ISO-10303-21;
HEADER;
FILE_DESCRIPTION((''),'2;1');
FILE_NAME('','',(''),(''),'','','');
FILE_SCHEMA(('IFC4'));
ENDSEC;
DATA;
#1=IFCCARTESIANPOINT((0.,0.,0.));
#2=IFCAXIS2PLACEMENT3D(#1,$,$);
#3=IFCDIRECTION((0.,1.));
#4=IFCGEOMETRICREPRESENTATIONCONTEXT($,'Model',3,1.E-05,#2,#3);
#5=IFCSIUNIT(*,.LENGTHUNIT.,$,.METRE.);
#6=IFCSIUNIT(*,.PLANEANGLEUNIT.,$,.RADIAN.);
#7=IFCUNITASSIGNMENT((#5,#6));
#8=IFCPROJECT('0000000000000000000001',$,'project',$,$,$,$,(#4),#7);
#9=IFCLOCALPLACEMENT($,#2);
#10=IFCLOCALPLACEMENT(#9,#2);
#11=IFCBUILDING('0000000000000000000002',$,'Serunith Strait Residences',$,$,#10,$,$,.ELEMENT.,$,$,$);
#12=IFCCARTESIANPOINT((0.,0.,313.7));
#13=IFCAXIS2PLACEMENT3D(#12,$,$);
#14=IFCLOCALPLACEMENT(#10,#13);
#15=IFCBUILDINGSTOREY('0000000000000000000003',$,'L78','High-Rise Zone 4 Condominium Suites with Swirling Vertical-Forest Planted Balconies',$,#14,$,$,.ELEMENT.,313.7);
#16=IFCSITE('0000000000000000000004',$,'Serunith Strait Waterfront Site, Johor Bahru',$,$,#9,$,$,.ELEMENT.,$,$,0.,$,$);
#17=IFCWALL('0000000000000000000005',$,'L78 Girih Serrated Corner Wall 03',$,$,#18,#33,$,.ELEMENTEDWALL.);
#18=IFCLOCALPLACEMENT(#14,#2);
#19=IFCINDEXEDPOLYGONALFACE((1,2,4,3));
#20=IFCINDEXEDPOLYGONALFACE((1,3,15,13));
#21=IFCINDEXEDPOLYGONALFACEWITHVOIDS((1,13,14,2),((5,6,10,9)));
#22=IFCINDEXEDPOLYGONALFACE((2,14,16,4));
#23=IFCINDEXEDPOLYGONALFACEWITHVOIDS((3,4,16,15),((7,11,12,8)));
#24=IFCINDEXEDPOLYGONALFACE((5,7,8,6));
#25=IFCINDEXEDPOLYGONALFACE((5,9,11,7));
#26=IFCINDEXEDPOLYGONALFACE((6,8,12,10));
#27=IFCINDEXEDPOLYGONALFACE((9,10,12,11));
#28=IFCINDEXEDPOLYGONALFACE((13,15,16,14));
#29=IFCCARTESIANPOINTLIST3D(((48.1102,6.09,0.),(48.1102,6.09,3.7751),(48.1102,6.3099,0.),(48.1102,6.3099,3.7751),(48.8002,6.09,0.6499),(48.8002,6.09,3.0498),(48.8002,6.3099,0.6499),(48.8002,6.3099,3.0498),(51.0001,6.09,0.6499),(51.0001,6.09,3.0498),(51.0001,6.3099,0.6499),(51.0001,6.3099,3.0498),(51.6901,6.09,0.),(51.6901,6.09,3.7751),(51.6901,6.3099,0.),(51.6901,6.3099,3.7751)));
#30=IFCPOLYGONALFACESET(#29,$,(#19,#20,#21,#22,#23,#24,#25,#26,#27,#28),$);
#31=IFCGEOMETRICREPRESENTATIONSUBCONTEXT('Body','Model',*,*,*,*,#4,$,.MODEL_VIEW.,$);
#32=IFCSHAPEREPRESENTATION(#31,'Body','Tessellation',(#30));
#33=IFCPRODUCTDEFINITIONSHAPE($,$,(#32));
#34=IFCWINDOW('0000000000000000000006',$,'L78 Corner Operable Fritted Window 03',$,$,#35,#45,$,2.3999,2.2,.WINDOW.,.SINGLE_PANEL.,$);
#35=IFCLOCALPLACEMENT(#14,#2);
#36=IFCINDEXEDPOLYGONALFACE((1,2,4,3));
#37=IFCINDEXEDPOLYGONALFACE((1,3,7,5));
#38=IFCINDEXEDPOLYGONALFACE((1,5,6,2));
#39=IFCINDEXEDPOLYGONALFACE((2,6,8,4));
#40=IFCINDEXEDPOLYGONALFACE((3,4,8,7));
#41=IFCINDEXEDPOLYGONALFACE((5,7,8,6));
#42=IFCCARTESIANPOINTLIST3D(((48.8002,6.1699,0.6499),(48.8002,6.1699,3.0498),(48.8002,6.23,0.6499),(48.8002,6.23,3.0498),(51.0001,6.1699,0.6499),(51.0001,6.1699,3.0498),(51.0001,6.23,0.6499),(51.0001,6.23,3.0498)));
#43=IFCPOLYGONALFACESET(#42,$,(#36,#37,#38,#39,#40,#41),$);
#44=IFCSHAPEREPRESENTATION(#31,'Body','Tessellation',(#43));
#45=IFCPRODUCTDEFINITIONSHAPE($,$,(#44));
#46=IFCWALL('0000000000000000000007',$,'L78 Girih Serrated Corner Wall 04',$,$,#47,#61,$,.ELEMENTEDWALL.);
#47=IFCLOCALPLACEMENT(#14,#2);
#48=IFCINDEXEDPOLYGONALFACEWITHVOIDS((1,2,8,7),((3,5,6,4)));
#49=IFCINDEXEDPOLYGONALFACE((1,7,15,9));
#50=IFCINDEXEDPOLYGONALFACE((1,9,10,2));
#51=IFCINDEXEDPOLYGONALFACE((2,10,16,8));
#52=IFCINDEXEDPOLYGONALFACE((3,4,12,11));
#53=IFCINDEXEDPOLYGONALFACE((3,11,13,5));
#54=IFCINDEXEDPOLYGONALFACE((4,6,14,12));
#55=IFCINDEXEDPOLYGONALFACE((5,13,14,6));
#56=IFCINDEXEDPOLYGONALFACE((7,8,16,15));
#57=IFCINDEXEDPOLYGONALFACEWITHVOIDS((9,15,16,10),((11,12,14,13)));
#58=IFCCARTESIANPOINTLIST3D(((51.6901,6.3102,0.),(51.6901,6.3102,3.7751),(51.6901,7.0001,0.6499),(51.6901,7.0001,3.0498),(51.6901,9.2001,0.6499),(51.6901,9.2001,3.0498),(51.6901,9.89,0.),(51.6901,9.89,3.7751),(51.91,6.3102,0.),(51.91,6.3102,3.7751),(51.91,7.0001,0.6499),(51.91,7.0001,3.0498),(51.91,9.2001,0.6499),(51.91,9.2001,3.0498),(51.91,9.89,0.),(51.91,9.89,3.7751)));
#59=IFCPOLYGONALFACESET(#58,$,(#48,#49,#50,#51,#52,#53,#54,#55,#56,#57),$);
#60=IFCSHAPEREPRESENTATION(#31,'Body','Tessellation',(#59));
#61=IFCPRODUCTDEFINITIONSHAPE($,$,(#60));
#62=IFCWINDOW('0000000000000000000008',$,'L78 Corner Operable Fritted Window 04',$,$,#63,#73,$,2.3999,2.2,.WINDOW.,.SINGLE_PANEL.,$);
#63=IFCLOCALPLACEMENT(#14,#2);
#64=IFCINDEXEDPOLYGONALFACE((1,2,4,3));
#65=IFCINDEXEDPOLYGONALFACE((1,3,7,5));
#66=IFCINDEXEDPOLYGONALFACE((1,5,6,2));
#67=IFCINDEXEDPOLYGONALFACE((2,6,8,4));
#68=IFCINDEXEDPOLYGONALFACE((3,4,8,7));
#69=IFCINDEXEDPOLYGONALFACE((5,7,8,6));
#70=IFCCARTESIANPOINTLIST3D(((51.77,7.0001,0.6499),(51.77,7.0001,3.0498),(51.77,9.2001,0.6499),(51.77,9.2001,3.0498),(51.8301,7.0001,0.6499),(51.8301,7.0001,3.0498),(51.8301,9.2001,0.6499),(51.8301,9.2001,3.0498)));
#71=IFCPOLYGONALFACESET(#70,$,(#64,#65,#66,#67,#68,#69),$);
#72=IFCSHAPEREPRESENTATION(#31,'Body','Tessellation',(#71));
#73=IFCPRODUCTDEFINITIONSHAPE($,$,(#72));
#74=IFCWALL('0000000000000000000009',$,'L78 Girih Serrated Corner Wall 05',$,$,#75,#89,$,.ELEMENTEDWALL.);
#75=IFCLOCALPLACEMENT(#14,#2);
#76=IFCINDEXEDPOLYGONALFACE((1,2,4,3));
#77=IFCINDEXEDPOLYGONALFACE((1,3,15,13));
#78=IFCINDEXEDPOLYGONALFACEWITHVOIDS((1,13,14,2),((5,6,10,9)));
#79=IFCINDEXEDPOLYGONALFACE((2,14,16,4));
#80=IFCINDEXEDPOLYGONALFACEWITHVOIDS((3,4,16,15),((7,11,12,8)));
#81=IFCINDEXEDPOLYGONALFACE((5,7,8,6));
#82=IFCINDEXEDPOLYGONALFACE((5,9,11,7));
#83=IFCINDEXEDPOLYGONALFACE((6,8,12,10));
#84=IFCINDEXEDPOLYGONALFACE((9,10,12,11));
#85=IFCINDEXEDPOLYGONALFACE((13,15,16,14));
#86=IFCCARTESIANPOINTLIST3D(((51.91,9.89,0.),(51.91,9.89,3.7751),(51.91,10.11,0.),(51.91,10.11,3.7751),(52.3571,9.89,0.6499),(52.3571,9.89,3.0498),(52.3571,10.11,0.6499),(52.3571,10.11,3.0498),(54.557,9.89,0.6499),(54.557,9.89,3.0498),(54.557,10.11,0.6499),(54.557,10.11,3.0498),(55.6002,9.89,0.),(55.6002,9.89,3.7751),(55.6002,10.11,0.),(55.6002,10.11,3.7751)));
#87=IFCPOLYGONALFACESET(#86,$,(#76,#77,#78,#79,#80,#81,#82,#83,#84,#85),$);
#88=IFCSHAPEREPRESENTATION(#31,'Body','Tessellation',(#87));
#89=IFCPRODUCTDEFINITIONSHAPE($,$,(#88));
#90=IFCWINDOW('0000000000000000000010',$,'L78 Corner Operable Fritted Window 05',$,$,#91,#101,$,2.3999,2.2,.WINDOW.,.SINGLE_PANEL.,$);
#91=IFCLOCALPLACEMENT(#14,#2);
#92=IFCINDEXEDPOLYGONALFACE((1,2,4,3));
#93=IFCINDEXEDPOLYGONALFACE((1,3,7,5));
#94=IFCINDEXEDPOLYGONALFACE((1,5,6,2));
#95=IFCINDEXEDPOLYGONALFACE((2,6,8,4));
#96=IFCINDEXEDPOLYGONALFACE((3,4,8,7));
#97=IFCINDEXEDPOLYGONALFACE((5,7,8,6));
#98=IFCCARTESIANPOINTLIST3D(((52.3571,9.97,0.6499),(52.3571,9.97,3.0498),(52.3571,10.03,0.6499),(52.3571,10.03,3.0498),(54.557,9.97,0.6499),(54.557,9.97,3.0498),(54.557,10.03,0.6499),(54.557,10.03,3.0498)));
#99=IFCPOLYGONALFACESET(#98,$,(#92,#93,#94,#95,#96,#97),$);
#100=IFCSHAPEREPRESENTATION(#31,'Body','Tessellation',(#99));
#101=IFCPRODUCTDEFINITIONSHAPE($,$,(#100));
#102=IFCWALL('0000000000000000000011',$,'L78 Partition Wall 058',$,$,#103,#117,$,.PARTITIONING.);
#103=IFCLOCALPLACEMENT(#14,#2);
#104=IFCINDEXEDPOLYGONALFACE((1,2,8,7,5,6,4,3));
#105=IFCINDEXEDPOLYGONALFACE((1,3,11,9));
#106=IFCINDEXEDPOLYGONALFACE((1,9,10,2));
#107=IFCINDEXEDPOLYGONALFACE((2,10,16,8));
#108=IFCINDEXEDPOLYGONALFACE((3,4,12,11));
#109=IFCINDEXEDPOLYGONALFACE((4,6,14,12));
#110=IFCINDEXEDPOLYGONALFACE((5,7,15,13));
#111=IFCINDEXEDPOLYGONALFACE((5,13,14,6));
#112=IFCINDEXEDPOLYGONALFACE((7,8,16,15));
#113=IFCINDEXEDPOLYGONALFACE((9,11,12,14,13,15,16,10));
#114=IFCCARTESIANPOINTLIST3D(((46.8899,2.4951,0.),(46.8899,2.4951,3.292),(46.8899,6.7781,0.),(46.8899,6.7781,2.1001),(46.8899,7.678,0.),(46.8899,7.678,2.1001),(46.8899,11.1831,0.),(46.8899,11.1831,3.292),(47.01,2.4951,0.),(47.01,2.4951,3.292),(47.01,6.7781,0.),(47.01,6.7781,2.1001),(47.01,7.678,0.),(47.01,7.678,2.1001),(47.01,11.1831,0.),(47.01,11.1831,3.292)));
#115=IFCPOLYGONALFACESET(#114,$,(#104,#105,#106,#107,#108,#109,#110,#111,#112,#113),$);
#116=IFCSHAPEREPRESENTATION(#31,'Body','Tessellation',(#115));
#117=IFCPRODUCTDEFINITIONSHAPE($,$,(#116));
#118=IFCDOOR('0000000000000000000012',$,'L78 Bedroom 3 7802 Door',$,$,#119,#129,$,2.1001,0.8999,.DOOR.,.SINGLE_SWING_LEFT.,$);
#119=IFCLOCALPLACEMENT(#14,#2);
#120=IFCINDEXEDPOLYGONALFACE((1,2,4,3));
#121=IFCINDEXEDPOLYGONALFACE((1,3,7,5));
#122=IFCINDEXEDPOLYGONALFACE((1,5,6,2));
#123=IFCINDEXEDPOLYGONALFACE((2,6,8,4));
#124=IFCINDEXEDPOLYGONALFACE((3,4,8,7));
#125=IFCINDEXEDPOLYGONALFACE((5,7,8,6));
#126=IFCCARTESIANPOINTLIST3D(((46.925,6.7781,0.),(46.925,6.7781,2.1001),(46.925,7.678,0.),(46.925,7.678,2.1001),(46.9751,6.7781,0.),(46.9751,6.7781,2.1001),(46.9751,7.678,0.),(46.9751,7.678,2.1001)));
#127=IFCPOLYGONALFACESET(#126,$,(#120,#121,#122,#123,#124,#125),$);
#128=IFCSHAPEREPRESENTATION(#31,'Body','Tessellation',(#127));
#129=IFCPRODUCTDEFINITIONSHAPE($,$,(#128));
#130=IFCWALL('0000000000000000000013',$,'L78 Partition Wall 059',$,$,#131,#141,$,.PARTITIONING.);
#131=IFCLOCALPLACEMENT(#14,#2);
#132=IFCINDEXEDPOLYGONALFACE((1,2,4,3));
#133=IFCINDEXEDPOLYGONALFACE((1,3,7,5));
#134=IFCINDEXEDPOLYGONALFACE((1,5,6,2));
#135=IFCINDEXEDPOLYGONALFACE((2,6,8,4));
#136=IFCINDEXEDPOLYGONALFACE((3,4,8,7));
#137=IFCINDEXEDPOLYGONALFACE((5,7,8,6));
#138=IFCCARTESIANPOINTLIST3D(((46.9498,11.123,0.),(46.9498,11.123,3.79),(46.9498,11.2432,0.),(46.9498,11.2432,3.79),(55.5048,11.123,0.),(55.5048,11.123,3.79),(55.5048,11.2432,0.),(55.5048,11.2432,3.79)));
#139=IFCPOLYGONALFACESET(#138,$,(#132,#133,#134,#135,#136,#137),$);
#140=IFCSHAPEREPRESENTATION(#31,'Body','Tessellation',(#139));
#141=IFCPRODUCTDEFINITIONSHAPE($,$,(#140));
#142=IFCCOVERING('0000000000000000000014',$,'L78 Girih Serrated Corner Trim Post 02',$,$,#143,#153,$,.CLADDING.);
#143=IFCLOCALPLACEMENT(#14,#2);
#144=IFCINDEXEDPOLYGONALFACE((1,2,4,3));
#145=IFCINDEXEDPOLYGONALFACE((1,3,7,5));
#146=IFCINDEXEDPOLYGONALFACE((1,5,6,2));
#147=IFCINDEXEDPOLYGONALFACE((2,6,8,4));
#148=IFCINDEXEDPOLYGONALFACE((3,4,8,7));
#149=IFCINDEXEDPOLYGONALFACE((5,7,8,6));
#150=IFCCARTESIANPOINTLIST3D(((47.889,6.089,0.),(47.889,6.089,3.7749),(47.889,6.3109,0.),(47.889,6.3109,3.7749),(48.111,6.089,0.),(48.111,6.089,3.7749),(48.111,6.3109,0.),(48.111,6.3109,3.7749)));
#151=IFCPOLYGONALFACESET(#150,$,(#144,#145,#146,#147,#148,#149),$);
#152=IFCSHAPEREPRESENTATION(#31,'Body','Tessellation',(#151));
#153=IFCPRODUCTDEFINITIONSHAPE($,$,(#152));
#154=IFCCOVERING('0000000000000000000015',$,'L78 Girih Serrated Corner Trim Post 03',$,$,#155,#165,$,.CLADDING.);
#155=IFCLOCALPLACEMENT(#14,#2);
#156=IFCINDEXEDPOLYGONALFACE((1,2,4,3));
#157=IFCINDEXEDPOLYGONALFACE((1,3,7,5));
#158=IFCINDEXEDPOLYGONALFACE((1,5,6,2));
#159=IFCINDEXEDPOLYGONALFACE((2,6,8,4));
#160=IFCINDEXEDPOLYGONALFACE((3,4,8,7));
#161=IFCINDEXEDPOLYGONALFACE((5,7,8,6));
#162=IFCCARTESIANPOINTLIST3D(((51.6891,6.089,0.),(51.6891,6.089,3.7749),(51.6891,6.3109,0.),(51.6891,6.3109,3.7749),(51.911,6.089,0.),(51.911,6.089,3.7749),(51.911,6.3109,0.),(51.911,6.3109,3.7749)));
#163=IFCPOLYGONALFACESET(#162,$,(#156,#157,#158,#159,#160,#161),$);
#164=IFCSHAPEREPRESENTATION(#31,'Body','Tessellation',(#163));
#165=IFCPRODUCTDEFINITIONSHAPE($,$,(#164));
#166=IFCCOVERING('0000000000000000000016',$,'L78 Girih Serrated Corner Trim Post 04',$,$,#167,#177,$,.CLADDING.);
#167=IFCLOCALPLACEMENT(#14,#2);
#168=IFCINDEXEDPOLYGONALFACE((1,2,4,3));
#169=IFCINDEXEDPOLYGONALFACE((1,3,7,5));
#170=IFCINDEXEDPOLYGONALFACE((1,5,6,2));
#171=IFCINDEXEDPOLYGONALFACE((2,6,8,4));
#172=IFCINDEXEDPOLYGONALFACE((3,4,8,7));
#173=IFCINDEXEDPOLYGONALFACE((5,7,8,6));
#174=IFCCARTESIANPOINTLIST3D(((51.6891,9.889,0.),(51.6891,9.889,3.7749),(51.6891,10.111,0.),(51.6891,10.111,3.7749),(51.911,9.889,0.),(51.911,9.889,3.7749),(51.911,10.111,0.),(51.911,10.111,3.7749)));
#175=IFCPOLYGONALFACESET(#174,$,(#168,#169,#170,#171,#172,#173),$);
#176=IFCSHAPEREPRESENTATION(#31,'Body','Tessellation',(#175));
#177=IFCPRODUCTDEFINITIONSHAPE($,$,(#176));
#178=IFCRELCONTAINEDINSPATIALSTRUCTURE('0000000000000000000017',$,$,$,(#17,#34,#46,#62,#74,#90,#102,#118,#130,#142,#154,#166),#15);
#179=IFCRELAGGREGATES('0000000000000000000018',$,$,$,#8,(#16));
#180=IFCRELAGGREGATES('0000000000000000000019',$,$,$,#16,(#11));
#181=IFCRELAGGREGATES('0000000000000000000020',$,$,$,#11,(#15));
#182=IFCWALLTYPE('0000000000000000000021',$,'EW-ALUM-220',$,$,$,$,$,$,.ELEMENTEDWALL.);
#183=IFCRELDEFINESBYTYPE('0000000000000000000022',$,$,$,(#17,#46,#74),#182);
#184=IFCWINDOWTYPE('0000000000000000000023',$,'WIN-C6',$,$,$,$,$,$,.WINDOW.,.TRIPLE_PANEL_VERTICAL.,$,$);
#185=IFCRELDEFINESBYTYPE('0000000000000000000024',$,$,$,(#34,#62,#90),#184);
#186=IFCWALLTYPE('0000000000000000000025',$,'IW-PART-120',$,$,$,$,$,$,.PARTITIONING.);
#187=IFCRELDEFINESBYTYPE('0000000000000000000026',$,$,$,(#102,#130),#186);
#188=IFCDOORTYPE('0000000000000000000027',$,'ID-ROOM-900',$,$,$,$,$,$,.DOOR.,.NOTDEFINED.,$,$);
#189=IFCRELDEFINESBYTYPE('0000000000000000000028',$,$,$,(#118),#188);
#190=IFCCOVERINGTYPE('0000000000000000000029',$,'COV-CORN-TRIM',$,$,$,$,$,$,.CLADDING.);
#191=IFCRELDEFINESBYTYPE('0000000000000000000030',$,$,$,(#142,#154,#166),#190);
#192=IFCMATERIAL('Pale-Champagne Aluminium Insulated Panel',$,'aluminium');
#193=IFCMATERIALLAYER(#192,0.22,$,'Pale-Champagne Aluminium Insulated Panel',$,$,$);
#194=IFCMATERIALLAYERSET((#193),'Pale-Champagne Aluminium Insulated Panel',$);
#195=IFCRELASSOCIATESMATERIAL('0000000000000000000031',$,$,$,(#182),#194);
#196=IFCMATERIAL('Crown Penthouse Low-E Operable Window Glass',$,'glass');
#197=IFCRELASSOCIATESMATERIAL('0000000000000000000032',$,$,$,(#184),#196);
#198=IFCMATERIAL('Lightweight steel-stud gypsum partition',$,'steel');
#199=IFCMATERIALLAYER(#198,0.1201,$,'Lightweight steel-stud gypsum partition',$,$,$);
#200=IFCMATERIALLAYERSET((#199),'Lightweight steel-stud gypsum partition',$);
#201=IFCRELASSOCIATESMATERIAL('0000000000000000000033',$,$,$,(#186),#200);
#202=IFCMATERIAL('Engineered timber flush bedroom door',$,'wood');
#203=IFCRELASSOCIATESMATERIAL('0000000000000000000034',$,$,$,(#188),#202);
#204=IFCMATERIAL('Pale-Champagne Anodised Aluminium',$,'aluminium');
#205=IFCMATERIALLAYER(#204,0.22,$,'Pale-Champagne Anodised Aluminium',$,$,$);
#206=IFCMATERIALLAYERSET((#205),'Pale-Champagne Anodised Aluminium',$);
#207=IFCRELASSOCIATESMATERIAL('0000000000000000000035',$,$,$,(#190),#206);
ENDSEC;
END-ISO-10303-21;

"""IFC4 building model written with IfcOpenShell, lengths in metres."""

from ifc_helpers import new_model, si_unit, direction, frame, frame_2d, origin, origin_2d, place, context, subcontext, project, spatial, rectangle, extrude, source, transform, mapped, material, layer, layer_set, type_object, element, fill, save


model = new_model("IFC4")

# Units and contexts
model_context = context("Model", 3, precision=1e-05, world=origin(), true_north=direction((0.0, 1.0)))
body_context = subcontext(model_context, "Body", "Model", "MODEL_VIEW")
ifc_project = project(units=[si_unit("LENGTHUNIT", "METRE"), si_unit("PLANEANGLEUNIT", "RADIAN")], contexts=[model_context])

# Site, building, storey
site_placement = place(None, origin())
site = spatial("IfcSite", under=ifc_project, at=site_placement, Name="Serunith Strait Waterfront Site, Johor Bahru", CompositionType="ELEMENT", RefElevation=0.0)
building_placement = place(site_placement, origin())
building = spatial("IfcBuilding", under=site, at=building_placement, Name="Serunith Strait Residences", CompositionType="ELEMENT")
storey_placement = place(building_placement, frame((0.0, 0.0, 313.7)))
storey = spatial("IfcBuildingStorey", under=building, at=storey_placement, Name="L78", Description="High-Rise Zone 4 Condominium Suites with Swirling Vertical-Forest Planted Balconies", CompositionType="ELEMENT", Elevation=313.7)

# Walls, openings, windows
ifc_material_1 = material(Name="Pale-Champagne Aluminium Insulated Panel", Category="aluminium")
ifc_layer_1 = layer(ifc_material_1, 0.22, Name="Pale-Champagne Aluminium Insulated Panel")
ifc_layer_set_1 = layer_set([ifc_layer_1], Name="Pale-Champagne Aluminium Insulated Panel")
wall_type_1 = type_object("IfcWallType", Name="EW-ALUM-220", PredefinedType="ELEMENTEDWALL", material=ifc_layer_set_1)
ifc_material_2 = material(Name="Crown Penthouse Low-E Operable Window Glass", Category="glass")
window_type = type_object("IfcWindowType", Name="WIN-C6", PartitioningType="TRIPLE_PANEL_VERTICAL", PredefinedType="WINDOW", material=ifc_material_2)
shared_shape_1 = source(origin(), body_context, "Body", "SweptSolid", [
    extrude(rectangle(XDim=2.2, YDim=2.3999, at=frame_2d((1.1001, 1.2))), frame((0.0, 0.03, 0.0), z_axis=(0.0, -1.0, 0.0), x_axis=(1.0, 0.0, 0.0)), (0.0, 0.0, 1.0), 0.0601),
])
wall_1_placement = place(storey_placement, frame((48.1101, 6.2, 0.0), z_axis=(0.0, 0.0, 1.0), x_axis=(1.0, 0.0, 0.0)))
wall_1 = element("IfcWall", 1, at=wall_1_placement, inside=storey, type_object=wall_type_1, Name="L78 Girih Serrated Corner Wall 03", PredefinedType="ELEMENTEDWALL", context=body_context, shape_type="SweptSolid", body=[
    extrude(rectangle(XDim=3.5798, YDim=0.22, at=frame_2d((1.79, 0.0))), origin(), (0.0, 0.0, 1.0), 3.7751),
])
opening_1_placement = place(wall_1_placement, frame((0.6899, 0.0, 0.6499)))
opening_1 = element("IfcOpeningElement", 2, at=opening_1_placement, cuts=wall_1, PredefinedType="OPENING", context=body_context, shape_type="SweptSolid", body=[
    extrude(rectangle(XDim=2.2, YDim=2.3999, at=frame_2d((1.1001, 1.2))), frame((0.0, 0.1201, 0.0), z_axis=(0.0, -1.0, 0.0), x_axis=(1.0, 0.0, 0.0)), (0.0, 0.0, 1.0), 0.24),
])
window_1_placement = place(opening_1_placement, origin())
window_1 = element("IfcWindow", 3, at=window_1_placement, inside=storey, type_object=window_type, Name="L78 Corner Operable Fritted Window 03", OverallHeight=2.3999, OverallWidth=2.2, PartitioningType="SINGLE_PANEL", PredefinedType="WINDOW", context=body_context, shape_type="MappedRepresentation", body=[
    mapped(shared_shape_1, transform((0.0, 0.0, 0.0), scale=1.0)),
])
fill(opening_1, window_1)
wall_2_placement = place(storey_placement, frame((51.8, 6.3101, 0.0), z_axis=(0.0, 0.0, 1.0), x_axis=(0.0, 1.0, 0.0)))
wall_2 = element("IfcWall", 4, at=wall_2_placement, inside=storey, type_object=wall_type_1, Name="L78 Girih Serrated Corner Wall 04", PredefinedType="ELEMENTEDWALL", context=body_context, shape_type="SweptSolid", body=[
    extrude(rectangle(XDim=3.5798, YDim=0.22, at=frame_2d((1.79, 0.0))), origin(), (0.0, 0.0, 1.0), 3.7751),
])
opening_2_placement = place(wall_2_placement, frame((0.6899, 0.0, 0.6499)))
opening_2 = element("IfcOpeningElement", 5, at=opening_2_placement, cuts=wall_2, PredefinedType="OPENING", context=body_context, shape_type="SweptSolid", body=[
    extrude(rectangle(XDim=2.2, YDim=2.3999, at=frame_2d((1.1001, 1.2))), frame((0.0, 0.1201, 0.0), z_axis=(0.0, -1.0, 0.0), x_axis=(1.0, 0.0, 0.0)), (0.0, 0.0, 1.0), 0.24),
])
window_2_placement = place(opening_2_placement, origin())
window_2 = element("IfcWindow", 6, at=window_2_placement, inside=storey, type_object=window_type, Name="L78 Corner Operable Fritted Window 04", OverallHeight=2.3999, OverallWidth=2.2, PartitioningType="SINGLE_PANEL", PredefinedType="WINDOW", context=body_context, shape_type="MappedRepresentation", body=[
    mapped(shared_shape_1, transform((0.0, 0.0, 0.0), scale=1.0)),
])
fill(opening_2, window_2)
wall_3_placement = place(storey_placement, frame((51.9099, 10.0, 0.0), z_axis=(0.0, 0.0, 1.0), x_axis=(1.0, 0.0, 0.0)))
wall_3 = element("IfcWall", 7, at=wall_3_placement, inside=storey, type_object=wall_type_1, Name="L78 Girih Serrated Corner Wall 05", PredefinedType="ELEMENTEDWALL", context=body_context, shape_type="SweptSolid", body=[
    extrude(rectangle(XDim=3.6902, YDim=0.22, at=frame_2d((1.8452, 0.0))), origin(), (0.0, 0.0, 1.0), 3.7751),
])
opening_3_placement = place(wall_3_placement, frame((0.447, 0.0, 0.6499)))
opening_3 = element("IfcOpeningElement", 8, at=opening_3_placement, cuts=wall_3, PredefinedType="OPENING", context=body_context, shape_type="SweptSolid", body=[
    extrude(rectangle(XDim=2.2, YDim=2.3999, at=frame_2d((1.1001, 1.2))), frame((0.0, 0.1201, 0.0), z_axis=(0.0, -1.0, 0.0), x_axis=(1.0, 0.0, 0.0)), (0.0, 0.0, 1.0), 0.24),
])
window_3_placement = place(opening_3_placement, origin())
window_3 = element("IfcWindow", 9, at=window_3_placement, inside=storey, type_object=window_type, Name="L78 Corner Operable Fritted Window 05", OverallHeight=2.3999, OverallWidth=2.2, PartitioningType="SINGLE_PANEL", PredefinedType="WINDOW", context=body_context, shape_type="MappedRepresentation", body=[
    mapped(shared_shape_1, transform((0.0, 0.0, 0.0), scale=1.0)),
])
fill(opening_3, window_3)

# Wall, opening, door
ifc_material_3 = material(Name="Lightweight steel-stud gypsum partition", Category="steel")
ifc_layer_2 = layer(ifc_material_3, 0.1201, Name="Lightweight steel-stud gypsum partition")
ifc_layer_set_2 = layer_set([ifc_layer_2], Name="Lightweight steel-stud gypsum partition")
wall_type_2 = type_object("IfcWallType", Name="IW-PART-120", PredefinedType="PARTITIONING", material=ifc_layer_set_2)
wall_4_placement = place(storey_placement, frame((46.95, 2.4951, 0.0), z_axis=(0.0, 0.0, 1.0), x_axis=(0.0, 1.0, 0.0)))
wall_4 = element("IfcWall", 10, at=wall_4_placement, inside=storey, type_object=wall_type_2, Name="L78 Partition Wall 058", PredefinedType="PARTITIONING", context=body_context, shape_type="SweptSolid", body=[
    extrude(rectangle(XDim=8.688, YDim=0.1201, at=frame_2d((4.344, 0.0))), origin(), (0.0, 0.0, 1.0), 3.292),
])
opening_4_placement = place(wall_4_placement, frame((4.283, 0.0, 0.0)))
opening_4 = element("IfcOpeningElement", 11, at=opening_4_placement, cuts=wall_4, PredefinedType="OPENING", context=body_context, shape_type="SweptSolid", body=[
    extrude(rectangle(XDim=0.8999, YDim=2.1001, at=frame_2d((0.45, 1.05))), frame((0.0, 0.0701, 0.0), z_axis=(0.0, -1.0, 0.0), x_axis=(1.0, 0.0, 0.0)), (0.0, 0.0, 1.0), 0.1401),
])
ifc_material_4 = material(Name="Engineered timber flush bedroom door", Category="wood")
door_type = type_object("IfcDoorType", Name="ID-ROOM-900", OperationType="NOTDEFINED", PredefinedType="DOOR", material=ifc_material_4)
shared_shape_2 = source(origin(), body_context, "Body", "SweptSolid", [
    extrude(rectangle(XDim=0.8999, YDim=2.1001, at=frame_2d((0.45, 1.05))), frame((0.0, 0.0249, 0.0), z_axis=(0.0, -1.0, 0.0), x_axis=(1.0, 0.0, 0.0)), (0.0, 0.0, 1.0), 0.05),
])
door_placement = place(opening_4_placement, origin())
door = element("IfcDoor", 12, at=door_placement, inside=storey, type_object=door_type, Name="L78 Bedroom 3 7802 Door", OperationType="SINGLE_SWING_LEFT", OverallHeight=2.1001, OverallWidth=0.8999, PredefinedType="DOOR", context=body_context, shape_type="MappedRepresentation", body=[
    mapped(shared_shape_2, transform((0.0, 0.0, 0.0), scale=1.0)),
])
fill(opening_4, door)

# Wall
wall_5_placement = place(storey_placement, frame((46.95, 11.1831, 0.0), z_axis=(0.0, 0.0, 1.0), x_axis=(1.0, 0.0, 0.0)))
element("IfcWall", 13, at=wall_5_placement, inside=storey, type_object=wall_type_2, Name="L78 Partition Wall 059", PredefinedType="PARTITIONING", context=body_context, shape_type="SweptSolid", body=[
    extrude(rectangle(XDim=8.5549, YDim=0.1201, at=frame_2d((4.2773, 0.0))), origin(), (0.0, 0.0, 1.0), 3.79),
])

# Coverings
ifc_material_5 = material(Name="Pale-Champagne Anodised Aluminium", Category="aluminium")
ifc_layer_3 = layer(ifc_material_5, 0.22, Name="Pale-Champagne Anodised Aluminium")
ifc_layer_set_3 = layer_set([ifc_layer_3], Name="Pale-Champagne Anodised Aluminium")
covering_type = type_object("IfcCoveringType", Name="COV-CORN-TRIM", PredefinedType="CLADDING", material=ifc_layer_set_3)
shared_shape_3 = source(origin(), body_context, "Body", "SweptSolid", [
    extrude(rectangle(XDim=0.2219, YDim=0.2219, at=origin_2d()), origin(), (0.0, 0.0, 1.0), 3.7749),
])
for number, where, z_axis, x_axis, name in (
    (14, (48.0, 6.2, 0.0), (0.0, 0.0, 1.0), (1.0, 0.0, 0.0), "L78 Girih Serrated Corner Trim Post 02"),
    (15, (51.8, 6.2, 0.0), (0.0, 0.0, 1.0), (1.0, 0.0, 0.0), "L78 Girih Serrated Corner Trim Post 03"),
    (16, (51.8, 10.0, 0.0), (0.0, 0.0, 1.0), (1.0, 0.0, 0.0), "L78 Girih Serrated Corner Trim Post 04"),
):
    element("IfcCovering", number, at=place(storey_placement, frame(where, z_axis=z_axis, x_axis=x_axis)), inside=storey, type_object=covering_type, Name=name, PredefinedType="CLADDING", context=body_context, shape_type="MappedRepresentation", body=[
        mapped(shared_shape_3, transform((0.0, 0.0, 0.0), scale=1.0)),
    ])

save(model, "model.ifc")
